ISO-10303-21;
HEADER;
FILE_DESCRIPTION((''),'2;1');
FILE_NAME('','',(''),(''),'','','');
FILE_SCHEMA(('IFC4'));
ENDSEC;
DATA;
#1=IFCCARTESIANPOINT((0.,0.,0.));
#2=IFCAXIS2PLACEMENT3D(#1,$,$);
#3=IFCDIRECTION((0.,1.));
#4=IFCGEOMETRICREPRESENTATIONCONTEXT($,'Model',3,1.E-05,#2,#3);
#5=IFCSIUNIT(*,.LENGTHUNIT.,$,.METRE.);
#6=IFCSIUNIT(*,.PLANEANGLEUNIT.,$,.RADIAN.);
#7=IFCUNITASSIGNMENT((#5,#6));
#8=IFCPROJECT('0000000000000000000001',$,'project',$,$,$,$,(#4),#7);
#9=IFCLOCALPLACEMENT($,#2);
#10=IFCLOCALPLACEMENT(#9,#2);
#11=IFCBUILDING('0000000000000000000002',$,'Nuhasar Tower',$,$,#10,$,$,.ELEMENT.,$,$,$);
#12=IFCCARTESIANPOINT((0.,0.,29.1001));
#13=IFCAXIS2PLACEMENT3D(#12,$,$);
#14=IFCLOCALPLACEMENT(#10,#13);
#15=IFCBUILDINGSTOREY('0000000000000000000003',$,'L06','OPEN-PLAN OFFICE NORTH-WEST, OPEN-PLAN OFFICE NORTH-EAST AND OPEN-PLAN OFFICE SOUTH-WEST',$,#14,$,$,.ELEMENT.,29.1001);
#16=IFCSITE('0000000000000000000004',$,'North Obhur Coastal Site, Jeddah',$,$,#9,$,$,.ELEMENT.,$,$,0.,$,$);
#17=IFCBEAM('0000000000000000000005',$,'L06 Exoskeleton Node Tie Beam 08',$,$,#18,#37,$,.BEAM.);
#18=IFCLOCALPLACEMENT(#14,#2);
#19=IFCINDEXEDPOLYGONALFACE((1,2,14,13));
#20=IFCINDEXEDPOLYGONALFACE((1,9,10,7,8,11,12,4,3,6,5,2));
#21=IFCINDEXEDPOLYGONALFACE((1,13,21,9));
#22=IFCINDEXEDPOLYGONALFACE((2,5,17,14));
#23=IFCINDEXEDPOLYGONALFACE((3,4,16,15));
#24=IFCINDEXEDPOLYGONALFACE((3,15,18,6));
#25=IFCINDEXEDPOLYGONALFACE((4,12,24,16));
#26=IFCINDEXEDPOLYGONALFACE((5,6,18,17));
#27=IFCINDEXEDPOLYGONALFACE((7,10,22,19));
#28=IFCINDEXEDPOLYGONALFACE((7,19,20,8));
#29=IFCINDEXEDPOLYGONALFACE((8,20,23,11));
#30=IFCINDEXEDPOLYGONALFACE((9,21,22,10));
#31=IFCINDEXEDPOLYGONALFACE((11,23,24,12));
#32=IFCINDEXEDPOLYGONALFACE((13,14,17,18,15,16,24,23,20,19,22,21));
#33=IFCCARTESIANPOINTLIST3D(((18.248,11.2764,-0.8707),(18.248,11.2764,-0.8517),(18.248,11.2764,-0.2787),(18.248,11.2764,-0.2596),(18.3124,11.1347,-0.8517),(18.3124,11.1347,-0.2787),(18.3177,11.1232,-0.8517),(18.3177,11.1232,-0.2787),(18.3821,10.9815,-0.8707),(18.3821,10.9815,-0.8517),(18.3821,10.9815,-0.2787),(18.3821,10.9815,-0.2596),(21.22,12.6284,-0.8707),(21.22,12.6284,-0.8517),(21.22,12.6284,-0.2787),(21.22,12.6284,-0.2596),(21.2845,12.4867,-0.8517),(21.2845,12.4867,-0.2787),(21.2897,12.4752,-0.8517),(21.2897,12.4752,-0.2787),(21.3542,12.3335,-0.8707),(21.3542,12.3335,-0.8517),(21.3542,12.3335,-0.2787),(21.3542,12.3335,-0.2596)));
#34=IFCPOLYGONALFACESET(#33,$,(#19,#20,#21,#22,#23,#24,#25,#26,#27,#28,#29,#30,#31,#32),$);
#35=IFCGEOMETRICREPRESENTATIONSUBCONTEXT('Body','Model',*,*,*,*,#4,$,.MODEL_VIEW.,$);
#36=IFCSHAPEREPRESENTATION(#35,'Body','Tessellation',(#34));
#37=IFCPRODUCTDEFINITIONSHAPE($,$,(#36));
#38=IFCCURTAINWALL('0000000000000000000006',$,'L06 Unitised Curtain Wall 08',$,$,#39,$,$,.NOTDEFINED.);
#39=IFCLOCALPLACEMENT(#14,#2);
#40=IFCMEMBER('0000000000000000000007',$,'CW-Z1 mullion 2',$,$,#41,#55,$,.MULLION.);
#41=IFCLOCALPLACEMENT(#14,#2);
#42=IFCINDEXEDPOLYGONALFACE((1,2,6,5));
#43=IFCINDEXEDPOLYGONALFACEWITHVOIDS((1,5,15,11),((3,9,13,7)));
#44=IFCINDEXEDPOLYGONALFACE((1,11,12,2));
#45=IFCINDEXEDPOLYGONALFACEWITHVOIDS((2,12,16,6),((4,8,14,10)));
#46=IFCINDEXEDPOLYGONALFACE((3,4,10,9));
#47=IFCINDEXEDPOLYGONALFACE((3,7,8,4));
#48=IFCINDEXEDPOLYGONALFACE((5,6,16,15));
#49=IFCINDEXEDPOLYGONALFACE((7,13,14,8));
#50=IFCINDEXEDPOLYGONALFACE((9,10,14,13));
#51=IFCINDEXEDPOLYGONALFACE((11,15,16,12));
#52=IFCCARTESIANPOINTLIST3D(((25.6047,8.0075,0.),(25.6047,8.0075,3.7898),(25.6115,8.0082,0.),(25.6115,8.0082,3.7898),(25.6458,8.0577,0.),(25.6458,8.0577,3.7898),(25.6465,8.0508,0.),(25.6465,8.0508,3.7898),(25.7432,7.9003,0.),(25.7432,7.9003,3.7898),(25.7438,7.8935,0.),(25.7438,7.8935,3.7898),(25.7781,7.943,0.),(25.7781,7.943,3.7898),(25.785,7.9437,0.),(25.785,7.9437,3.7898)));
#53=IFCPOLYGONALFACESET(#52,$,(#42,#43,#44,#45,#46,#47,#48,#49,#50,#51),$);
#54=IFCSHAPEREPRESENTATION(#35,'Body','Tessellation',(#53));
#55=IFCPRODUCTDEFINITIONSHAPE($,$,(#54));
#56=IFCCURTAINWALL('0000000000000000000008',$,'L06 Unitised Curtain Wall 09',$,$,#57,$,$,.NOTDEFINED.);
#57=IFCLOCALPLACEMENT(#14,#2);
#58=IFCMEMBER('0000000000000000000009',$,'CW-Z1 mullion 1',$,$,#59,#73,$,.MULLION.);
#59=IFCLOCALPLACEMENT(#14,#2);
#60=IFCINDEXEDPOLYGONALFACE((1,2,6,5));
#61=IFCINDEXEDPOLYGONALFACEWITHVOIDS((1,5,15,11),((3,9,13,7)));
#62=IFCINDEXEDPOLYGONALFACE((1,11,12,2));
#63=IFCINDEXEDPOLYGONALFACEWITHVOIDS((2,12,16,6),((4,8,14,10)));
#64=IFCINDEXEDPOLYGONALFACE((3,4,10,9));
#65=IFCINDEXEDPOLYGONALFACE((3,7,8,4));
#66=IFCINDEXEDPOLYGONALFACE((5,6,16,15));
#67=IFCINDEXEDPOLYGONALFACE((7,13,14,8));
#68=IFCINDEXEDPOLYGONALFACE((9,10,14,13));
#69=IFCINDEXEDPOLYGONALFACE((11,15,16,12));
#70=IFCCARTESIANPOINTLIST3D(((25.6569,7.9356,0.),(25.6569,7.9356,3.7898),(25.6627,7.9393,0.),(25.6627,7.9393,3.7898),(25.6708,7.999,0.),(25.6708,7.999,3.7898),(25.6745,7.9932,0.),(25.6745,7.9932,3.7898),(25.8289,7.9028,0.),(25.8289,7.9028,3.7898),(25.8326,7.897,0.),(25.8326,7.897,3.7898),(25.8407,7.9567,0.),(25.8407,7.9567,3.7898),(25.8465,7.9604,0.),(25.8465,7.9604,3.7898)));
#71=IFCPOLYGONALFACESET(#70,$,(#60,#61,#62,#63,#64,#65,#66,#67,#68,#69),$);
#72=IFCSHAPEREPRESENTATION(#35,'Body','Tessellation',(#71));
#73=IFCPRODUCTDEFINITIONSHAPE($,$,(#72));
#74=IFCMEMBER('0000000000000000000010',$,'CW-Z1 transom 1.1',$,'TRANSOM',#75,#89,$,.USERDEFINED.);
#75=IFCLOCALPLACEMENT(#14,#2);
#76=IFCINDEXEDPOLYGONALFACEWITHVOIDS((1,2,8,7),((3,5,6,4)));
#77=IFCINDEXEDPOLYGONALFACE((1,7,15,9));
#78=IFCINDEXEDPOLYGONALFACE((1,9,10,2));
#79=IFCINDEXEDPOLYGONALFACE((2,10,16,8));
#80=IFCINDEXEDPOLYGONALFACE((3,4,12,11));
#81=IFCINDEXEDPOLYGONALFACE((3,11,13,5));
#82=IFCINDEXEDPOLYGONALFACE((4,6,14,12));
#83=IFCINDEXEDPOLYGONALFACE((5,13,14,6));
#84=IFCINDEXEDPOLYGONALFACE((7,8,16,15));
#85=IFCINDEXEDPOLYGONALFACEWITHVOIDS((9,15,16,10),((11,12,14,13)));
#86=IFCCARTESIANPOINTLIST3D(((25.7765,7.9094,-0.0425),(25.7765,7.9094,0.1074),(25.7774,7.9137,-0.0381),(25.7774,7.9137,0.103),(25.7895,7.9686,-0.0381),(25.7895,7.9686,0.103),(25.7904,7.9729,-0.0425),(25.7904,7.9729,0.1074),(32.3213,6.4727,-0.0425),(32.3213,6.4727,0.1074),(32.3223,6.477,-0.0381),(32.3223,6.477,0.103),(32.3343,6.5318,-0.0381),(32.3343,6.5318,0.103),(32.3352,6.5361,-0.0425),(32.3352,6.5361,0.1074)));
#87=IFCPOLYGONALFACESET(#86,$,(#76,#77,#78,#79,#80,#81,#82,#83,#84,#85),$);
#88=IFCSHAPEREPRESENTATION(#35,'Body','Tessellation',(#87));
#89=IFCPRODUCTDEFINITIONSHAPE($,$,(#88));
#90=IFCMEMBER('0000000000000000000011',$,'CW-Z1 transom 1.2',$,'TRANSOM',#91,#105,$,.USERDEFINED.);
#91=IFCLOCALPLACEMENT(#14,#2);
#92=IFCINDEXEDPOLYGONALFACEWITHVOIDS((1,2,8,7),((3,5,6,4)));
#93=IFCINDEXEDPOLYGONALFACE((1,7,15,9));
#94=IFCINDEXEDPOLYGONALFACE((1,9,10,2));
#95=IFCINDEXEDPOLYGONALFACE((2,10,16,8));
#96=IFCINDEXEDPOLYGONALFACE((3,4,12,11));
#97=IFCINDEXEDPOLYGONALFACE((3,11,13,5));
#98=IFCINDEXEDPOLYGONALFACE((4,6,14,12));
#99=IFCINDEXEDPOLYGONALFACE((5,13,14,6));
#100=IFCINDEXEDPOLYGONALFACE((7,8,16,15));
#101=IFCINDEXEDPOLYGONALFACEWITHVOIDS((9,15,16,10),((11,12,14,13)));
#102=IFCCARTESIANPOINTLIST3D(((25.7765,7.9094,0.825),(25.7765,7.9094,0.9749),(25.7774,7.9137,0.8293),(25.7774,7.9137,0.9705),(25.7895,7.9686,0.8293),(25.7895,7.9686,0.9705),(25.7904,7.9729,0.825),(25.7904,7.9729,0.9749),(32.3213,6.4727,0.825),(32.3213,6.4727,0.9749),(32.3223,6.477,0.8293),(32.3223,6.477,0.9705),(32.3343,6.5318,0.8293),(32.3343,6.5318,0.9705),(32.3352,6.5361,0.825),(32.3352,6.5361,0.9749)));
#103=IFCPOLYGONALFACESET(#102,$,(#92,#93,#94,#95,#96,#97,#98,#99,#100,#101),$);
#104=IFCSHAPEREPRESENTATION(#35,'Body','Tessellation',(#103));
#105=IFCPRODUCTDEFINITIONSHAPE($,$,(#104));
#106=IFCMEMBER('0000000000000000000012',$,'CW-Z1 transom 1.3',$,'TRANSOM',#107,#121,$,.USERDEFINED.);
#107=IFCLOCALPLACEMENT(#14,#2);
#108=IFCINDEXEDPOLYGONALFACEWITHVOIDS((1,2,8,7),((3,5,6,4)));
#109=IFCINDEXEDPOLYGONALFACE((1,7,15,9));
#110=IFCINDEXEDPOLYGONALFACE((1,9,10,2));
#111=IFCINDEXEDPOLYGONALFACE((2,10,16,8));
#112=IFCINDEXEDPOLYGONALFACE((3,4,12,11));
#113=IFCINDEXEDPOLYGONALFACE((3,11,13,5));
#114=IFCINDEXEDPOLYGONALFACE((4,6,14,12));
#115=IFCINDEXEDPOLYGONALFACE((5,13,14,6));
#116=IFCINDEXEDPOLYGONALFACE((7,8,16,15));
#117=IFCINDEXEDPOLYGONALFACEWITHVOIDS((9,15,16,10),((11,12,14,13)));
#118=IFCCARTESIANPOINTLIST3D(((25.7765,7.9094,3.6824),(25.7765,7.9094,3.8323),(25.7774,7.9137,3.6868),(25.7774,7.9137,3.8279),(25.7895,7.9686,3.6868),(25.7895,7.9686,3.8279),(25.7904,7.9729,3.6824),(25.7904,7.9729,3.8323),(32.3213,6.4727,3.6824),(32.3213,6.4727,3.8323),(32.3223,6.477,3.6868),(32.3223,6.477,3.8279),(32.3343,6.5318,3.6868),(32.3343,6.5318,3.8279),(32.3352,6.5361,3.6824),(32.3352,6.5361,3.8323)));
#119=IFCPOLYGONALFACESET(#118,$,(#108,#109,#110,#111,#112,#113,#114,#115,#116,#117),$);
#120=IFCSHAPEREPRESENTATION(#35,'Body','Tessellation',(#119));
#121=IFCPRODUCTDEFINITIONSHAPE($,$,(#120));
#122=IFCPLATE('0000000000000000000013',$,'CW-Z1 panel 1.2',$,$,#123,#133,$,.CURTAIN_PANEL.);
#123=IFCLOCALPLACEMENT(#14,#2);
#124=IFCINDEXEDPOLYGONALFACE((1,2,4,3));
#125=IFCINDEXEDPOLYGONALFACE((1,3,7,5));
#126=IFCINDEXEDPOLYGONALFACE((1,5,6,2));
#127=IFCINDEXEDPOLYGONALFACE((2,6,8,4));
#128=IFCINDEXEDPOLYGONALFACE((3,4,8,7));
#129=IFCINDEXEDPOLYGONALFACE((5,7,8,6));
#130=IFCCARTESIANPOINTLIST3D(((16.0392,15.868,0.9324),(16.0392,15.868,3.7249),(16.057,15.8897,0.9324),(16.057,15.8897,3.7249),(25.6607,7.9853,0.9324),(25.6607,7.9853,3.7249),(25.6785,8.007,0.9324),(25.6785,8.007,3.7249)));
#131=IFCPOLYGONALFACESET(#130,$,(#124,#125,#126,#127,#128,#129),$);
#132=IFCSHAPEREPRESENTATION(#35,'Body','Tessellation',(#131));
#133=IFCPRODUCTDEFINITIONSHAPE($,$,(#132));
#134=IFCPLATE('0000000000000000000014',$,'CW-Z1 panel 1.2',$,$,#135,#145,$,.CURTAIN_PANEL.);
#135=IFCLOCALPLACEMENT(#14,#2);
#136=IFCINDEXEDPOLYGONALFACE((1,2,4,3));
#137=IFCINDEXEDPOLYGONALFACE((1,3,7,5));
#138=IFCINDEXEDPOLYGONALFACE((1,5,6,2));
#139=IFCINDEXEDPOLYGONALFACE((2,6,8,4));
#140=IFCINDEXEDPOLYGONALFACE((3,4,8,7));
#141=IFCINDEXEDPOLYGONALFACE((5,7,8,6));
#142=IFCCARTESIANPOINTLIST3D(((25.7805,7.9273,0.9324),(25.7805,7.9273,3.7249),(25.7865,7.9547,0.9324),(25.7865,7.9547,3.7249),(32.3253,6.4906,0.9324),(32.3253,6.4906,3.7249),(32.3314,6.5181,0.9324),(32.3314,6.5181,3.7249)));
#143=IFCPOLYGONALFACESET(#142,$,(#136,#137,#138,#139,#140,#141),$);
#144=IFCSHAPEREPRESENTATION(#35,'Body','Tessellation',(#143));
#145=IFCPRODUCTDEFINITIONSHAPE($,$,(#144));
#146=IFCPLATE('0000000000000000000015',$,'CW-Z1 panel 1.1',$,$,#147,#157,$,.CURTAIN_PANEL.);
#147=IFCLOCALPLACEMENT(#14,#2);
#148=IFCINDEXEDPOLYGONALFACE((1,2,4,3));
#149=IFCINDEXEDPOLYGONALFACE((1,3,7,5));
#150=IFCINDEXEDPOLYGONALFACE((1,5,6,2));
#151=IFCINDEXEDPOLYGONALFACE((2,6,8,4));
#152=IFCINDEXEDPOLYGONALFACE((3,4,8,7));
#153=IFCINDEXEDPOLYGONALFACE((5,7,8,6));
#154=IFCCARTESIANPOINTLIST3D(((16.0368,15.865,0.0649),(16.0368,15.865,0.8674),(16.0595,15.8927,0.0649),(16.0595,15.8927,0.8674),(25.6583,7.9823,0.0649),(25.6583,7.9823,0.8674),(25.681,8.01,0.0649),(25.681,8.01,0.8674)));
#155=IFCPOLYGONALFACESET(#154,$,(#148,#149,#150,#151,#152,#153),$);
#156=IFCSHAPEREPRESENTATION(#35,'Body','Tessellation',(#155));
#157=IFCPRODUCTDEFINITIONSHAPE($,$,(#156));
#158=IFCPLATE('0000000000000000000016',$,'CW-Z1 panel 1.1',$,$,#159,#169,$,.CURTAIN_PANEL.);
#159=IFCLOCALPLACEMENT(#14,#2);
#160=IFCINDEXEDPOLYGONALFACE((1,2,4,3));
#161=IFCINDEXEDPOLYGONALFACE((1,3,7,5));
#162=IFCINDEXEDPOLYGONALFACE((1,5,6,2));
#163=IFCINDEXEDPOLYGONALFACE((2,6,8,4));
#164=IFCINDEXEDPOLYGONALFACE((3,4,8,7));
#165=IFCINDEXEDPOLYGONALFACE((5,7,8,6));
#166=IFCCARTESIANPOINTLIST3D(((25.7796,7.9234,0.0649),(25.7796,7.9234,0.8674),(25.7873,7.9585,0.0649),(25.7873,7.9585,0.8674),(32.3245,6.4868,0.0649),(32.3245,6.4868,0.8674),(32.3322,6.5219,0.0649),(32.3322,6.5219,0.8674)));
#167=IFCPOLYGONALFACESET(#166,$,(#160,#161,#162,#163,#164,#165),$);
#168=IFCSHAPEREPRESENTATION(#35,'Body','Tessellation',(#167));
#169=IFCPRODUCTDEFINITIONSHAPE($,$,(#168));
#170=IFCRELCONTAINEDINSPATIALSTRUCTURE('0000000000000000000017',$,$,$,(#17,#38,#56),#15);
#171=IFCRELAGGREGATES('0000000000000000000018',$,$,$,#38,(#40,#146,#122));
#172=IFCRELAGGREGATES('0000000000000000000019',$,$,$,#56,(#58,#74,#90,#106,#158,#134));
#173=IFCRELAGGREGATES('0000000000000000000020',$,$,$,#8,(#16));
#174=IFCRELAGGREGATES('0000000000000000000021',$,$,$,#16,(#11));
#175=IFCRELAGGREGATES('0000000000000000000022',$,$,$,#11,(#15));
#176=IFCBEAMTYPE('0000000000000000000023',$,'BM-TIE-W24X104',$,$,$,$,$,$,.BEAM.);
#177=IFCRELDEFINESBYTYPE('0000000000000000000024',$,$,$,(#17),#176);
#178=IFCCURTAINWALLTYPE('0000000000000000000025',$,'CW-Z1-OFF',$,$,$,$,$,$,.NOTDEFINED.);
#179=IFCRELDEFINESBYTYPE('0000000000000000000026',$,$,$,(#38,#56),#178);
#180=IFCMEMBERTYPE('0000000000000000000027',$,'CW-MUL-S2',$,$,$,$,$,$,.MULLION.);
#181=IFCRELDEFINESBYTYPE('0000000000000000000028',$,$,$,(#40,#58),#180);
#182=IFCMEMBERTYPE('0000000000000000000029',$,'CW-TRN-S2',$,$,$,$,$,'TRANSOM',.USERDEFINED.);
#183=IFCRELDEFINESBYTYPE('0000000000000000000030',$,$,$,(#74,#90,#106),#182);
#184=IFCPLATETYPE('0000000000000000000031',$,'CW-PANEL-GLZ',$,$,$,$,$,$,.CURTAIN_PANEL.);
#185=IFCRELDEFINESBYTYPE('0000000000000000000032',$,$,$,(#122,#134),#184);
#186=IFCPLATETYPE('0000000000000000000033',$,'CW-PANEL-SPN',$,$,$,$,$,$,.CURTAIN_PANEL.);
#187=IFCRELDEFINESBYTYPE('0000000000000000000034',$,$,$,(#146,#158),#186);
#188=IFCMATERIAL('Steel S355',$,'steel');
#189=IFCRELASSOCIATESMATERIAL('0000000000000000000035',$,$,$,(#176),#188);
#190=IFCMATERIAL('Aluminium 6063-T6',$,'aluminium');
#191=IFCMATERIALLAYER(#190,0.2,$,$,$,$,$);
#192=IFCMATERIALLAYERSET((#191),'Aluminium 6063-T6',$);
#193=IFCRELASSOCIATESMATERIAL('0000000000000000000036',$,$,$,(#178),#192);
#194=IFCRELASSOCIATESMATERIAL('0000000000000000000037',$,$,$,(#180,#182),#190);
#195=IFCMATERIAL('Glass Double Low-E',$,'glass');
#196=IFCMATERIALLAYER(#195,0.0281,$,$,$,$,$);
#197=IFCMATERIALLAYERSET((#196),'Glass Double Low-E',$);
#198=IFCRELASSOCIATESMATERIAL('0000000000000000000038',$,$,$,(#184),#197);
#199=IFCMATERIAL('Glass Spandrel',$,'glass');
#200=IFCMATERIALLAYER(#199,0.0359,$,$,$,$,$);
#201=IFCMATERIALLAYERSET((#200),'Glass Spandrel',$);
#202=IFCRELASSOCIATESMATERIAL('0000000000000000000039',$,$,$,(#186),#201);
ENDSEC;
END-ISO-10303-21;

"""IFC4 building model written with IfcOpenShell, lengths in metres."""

from ifc_helpers import new_model, si_unit, direction, frame, origin, origin_2d, place, context, subcontext, project, spatial, rectangle, hollow_rectangle, i_section, extrude, material, layer, layer_set, material_profile, profile_set, type_object, element, aggregate, save


model = new_model("IFC4")

# Units and contexts
model_context = context("Model", 3, precision=1e-05, world=origin(), true_north=direction((0.0, 1.0)))
body_context = subcontext(model_context, "Body", "Model", "MODEL_VIEW")
ifc_project = project(units=[si_unit("LENGTHUNIT", "METRE"), si_unit("PLANEANGLEUNIT", "RADIAN")], contexts=[model_context])

# Site, building, storey
site_placement = place(None, origin())
site = spatial("IfcSite", under=ifc_project, at=site_placement, Name="North Obhur Coastal Site, Jeddah", CompositionType="ELEMENT", RefElevation=0.0)
building_placement = place(site_placement, origin())
building = spatial("IfcBuilding", under=site, at=building_placement, Name="Nuhasar Tower", CompositionType="ELEMENT")
storey_placement = place(building_placement, frame((0.0, 0.0, 29.1001)))
storey = spatial("IfcBuildingStorey", under=building, at=storey_placement, Name="L06", Description="OPEN-PLAN OFFICE NORTH-WEST, OPEN-PLAN OFFICE NORTH-EAST AND OPEN-PLAN OFFICE SOUTH-WEST", CompositionType="ELEMENT", Elevation=29.1001)

# Beam
ifc_material_1 = material(Name="Steel S355", Category="steel")
ifc_material_profile_1 = material_profile(ifc_material_1, i_section(OverallWidth=0.324, OverallDepth=0.6111, WebThickness=0.0127, FlangeThickness=0.019, at=origin_2d()), Name="W24X104")
ifc_profile_set_1 = profile_set([ifc_material_profile_1], Name="Steel S355")
beam_type_1 = type_object("IfcBeamType", Name="BM-TIE-W24X104", PredefinedType="BEAM", material=ifc_profile_set_1)
beam_1_placement = place(storey_placement, frame((21.2871, 12.481, -0.5652), z_axis=(-0.910244, -0.414073, 0.0), x_axis=(0.414073, -0.910244, 0.0)))
element("IfcBeam", 1, at=beam_1_placement, inside=storey, type_object=beam_type_1, Name="L06 Exoskeleton Node Tie Beam 08", PredefinedType="BEAM", context=body_context, shape_type="SweptSolid", body=[
    extrude(i_section(OverallWidth=0.324, OverallDepth=0.6111, WebThickness=0.0127, FlangeThickness=0.019, at=origin_2d()), origin(), (0.0, 0.0, 1.0), 3.2651),
])

# Curtain wall, member
ifc_material_2 = material(Name="Aluminium 6063-T6", Category="aluminium")
ifc_layer_1 = layer(ifc_material_2, 0.2)
ifc_layer_set_1 = layer_set([ifc_layer_1], Name="Aluminium 6063-T6")
curtain_wall_type = type_object("IfcCurtainWallType", Name="CW-Z1-OFF", PredefinedType="NOTDEFINED", material=ifc_layer_set_1)
curtain_wall_1_placement = place(storey_placement, origin())
curtain_wall_1 = element("IfcCurtainWall", 2, at=curtain_wall_1_placement, inside=storey, type_object=curtain_wall_type, Name="L06 Unitised Curtain Wall 08", PredefinedType="NOTDEFINED")
ifc_material_profile_2 = material_profile(ifc_material_2, hollow_rectangle(XDim=0.0649, YDim=0.1799, WallThickness=0.0049, at=origin_2d()), Name="CWM-2")
ifc_profile_set_2 = profile_set([ifc_material_profile_2], Name="Aluminium 6063-T6")
member_type_1 = type_object("IfcMemberType", Name="CW-MUL-S2", PredefinedType="MULLION", material=ifc_profile_set_2)
member_1_placement = place(storey_placement, frame((25.6948, 7.9756, 0.0), z_axis=(0.0, 0.0, 1.0), x_axis=(0.633745, 0.773542, 0.0)))
member_1 = element("IfcMember", 3, at=member_1_placement, type_object=member_type_1, Name="CW-Z1 mullion 2", PredefinedType="MULLION", context=body_context, shape_type="SweptSolid", body=[
    extrude(hollow_rectangle(XDim=0.0649, YDim=0.1799, WallThickness=0.0049, at=origin_2d()), origin(), (0.0, 0.0, 1.0), 3.7898),
])

# Curtain wall, members
curtain_wall_2_placement = place(storey_placement, origin())
curtain_wall_2 = element("IfcCurtainWall", 4, at=curtain_wall_2_placement, inside=storey, type_object=curtain_wall_type, Name="L06 Unitised Curtain Wall 09", PredefinedType="NOTDEFINED")
member_2_placement = place(storey_placement, frame((25.7517, 7.948, 0.0), z_axis=(0.0, 0.0, 1.0), x_axis=(0.214399, 0.976746, 0.0)))
member_2 = element("IfcMember", 5, at=member_2_placement, type_object=member_type_1, Name="CW-Z1 mullion 1", PredefinedType="MULLION", context=body_context, shape_type="SweptSolid", body=[
    extrude(hollow_rectangle(XDim=0.0649, YDim=0.1799, WallThickness=0.0049, at=origin_2d()), origin(), (0.0, 0.0, 1.0), 3.7898),
])
ifc_material_profile_3 = material_profile(ifc_material_2, hollow_rectangle(XDim=0.0649, YDim=0.1499, WallThickness=0.0044, at=origin_2d()), Name="CWT-2")
ifc_profile_set_3 = profile_set([ifc_material_profile_3], Name="Aluminium 6063-T6")
member_type_2 = type_object("IfcMemberType", Name="CW-TRN-S2", ElementType="TRANSOM", PredefinedType="USERDEFINED", material=ifc_profile_set_3)
member_3_placement = place(storey_placement, frame((25.7834, 7.9412, 0.0325), z_axis=(0.976742, -0.214418, 0.0), x_axis=(0.214418, 0.976742, 0.0)))
member_3 = element("IfcMember", 6, at=member_3_placement, type_object=member_type_2, Name="CW-Z1 transom 1.1", ObjectType="TRANSOM", PredefinedType="USERDEFINED", context=body_context, shape_type="SweptSolid", body=[
    extrude(hollow_rectangle(XDim=0.0649, YDim=0.1499, WallThickness=0.0044, at=origin_2d()), origin(), (0.0, 0.0, 1.0), 6.7007),
])
member_4_placement = place(storey_placement, frame((25.7834, 7.9412, 0.8999), z_axis=(0.976742, -0.214418, 0.0), x_axis=(0.214418, 0.976742, 0.0)))
member_4 = element("IfcMember", 7, at=member_4_placement, type_object=member_type_2, Name="CW-Z1 transom 1.2", ObjectType="TRANSOM", PredefinedType="USERDEFINED", context=body_context, shape_type="SweptSolid", body=[
    extrude(hollow_rectangle(XDim=0.0649, YDim=0.1499, WallThickness=0.0044, at=origin_2d()), origin(), (0.0, 0.0, 1.0), 6.7007),
])
member_5_placement = place(storey_placement, frame((25.7834, 7.9412, 3.7573), z_axis=(0.976742, -0.214418, 0.0), x_axis=(0.214418, 0.976742, 0.0)))
member_5 = element("IfcMember", 8, at=member_5_placement, type_object=member_type_2, Name="CW-Z1 transom 1.3", ObjectType="TRANSOM", PredefinedType="USERDEFINED", context=body_context, shape_type="SweptSolid", body=[
    extrude(hollow_rectangle(XDim=0.0649, YDim=0.1499, WallThickness=0.0044, at=origin_2d()), origin(), (0.0, 0.0, 1.0), 6.7007),
])

# Plates
ifc_material_3 = material(Name="Glass Double Low-E", Category="glass")
ifc_layer_2 = layer(ifc_material_3, 0.0281)
ifc_layer_set_2 = layer_set([ifc_layer_2], Name="Glass Double Low-E")
plate_type_1 = type_object("IfcPlateType", Name="CW-PANEL-GLZ", PredefinedType="CURTAIN_PANEL", material=ifc_layer_set_2)
plate_1_placement = place(storey_placement, frame((20.8589, 11.9375, 0.9324), z_axis=(0.0, 0.0, 1.0), x_axis=(0.773542, -0.633745, 0.0)))
plate_1 = element("IfcPlate", 9, at=plate_1_placement, type_object=plate_type_1, Name="CW-Z1 panel 1.2", PredefinedType="CURTAIN_PANEL", context=body_context, shape_type="SweptSolid", body=[
    extrude(rectangle(XDim=12.4382, YDim=0.0281, at=origin_2d()), origin(), (0.0, 0.0, 1.0), 2.7925),
])
plate_2_placement = place(storey_placement, frame((29.0559, 7.2227, 0.9324), z_axis=(0.0, 0.0, 1.0), x_axis=(0.976746, -0.214399, 0.0)))
plate_2 = element("IfcPlate", 10, at=plate_2_placement, type_object=plate_type_1, Name="CW-Z1 panel 1.2", PredefinedType="CURTAIN_PANEL", context=body_context, shape_type="SweptSolid", body=[
    extrude(rectangle(XDim=6.7007, YDim=0.0281, at=origin_2d()), origin(), (0.0, 0.0, 1.0), 2.7925),
])
ifc_material_4 = material(Name="Glass Spandrel", Category="glass")
ifc_layer_3 = layer(ifc_material_4, 0.0359)
ifc_layer_set_3 = layer_set([ifc_layer_3], Name="Glass Spandrel")
plate_type_2 = type_object("IfcPlateType", Name="CW-PANEL-SPN", PredefinedType="CURTAIN_PANEL", material=ifc_layer_set_3)
plate_3_placement = place(storey_placement, frame((20.8589, 11.9375, 0.0649), z_axis=(0.0, 0.0, 1.0), x_axis=(0.773542, -0.633745, 0.0)))
plate_3 = element("IfcPlate", 11, at=plate_3_placement, type_object=plate_type_2, Name="CW-Z1 panel 1.1", PredefinedType="CURTAIN_PANEL", context=body_context, shape_type="SweptSolid", body=[
    extrude(rectangle(XDim=12.4382, YDim=0.0359, at=origin_2d()), origin(), (0.0, 0.0, 1.0), 0.8025),
])
aggregate(curtain_wall_1, [member_1, plate_3, plate_1])
plate_4_placement = place(storey_placement, frame((29.0559, 7.2227, 0.0649), z_axis=(0.0, 0.0, 1.0), x_axis=(0.976746, -0.214399, 0.0)))
plate_4 = element("IfcPlate", 12, at=plate_4_placement, type_object=plate_type_2, Name="CW-Z1 panel 1.1", PredefinedType="CURTAIN_PANEL", context=body_context, shape_type="SweptSolid", body=[
    extrude(rectangle(XDim=6.7007, YDim=0.0359, at=origin_2d()), origin(), (0.0, 0.0, 1.0), 0.8025),
])
aggregate(curtain_wall_2, [member_2, member_3, member_4, member_5, plate_4, plate_2])

save(model, "model.ifc")
